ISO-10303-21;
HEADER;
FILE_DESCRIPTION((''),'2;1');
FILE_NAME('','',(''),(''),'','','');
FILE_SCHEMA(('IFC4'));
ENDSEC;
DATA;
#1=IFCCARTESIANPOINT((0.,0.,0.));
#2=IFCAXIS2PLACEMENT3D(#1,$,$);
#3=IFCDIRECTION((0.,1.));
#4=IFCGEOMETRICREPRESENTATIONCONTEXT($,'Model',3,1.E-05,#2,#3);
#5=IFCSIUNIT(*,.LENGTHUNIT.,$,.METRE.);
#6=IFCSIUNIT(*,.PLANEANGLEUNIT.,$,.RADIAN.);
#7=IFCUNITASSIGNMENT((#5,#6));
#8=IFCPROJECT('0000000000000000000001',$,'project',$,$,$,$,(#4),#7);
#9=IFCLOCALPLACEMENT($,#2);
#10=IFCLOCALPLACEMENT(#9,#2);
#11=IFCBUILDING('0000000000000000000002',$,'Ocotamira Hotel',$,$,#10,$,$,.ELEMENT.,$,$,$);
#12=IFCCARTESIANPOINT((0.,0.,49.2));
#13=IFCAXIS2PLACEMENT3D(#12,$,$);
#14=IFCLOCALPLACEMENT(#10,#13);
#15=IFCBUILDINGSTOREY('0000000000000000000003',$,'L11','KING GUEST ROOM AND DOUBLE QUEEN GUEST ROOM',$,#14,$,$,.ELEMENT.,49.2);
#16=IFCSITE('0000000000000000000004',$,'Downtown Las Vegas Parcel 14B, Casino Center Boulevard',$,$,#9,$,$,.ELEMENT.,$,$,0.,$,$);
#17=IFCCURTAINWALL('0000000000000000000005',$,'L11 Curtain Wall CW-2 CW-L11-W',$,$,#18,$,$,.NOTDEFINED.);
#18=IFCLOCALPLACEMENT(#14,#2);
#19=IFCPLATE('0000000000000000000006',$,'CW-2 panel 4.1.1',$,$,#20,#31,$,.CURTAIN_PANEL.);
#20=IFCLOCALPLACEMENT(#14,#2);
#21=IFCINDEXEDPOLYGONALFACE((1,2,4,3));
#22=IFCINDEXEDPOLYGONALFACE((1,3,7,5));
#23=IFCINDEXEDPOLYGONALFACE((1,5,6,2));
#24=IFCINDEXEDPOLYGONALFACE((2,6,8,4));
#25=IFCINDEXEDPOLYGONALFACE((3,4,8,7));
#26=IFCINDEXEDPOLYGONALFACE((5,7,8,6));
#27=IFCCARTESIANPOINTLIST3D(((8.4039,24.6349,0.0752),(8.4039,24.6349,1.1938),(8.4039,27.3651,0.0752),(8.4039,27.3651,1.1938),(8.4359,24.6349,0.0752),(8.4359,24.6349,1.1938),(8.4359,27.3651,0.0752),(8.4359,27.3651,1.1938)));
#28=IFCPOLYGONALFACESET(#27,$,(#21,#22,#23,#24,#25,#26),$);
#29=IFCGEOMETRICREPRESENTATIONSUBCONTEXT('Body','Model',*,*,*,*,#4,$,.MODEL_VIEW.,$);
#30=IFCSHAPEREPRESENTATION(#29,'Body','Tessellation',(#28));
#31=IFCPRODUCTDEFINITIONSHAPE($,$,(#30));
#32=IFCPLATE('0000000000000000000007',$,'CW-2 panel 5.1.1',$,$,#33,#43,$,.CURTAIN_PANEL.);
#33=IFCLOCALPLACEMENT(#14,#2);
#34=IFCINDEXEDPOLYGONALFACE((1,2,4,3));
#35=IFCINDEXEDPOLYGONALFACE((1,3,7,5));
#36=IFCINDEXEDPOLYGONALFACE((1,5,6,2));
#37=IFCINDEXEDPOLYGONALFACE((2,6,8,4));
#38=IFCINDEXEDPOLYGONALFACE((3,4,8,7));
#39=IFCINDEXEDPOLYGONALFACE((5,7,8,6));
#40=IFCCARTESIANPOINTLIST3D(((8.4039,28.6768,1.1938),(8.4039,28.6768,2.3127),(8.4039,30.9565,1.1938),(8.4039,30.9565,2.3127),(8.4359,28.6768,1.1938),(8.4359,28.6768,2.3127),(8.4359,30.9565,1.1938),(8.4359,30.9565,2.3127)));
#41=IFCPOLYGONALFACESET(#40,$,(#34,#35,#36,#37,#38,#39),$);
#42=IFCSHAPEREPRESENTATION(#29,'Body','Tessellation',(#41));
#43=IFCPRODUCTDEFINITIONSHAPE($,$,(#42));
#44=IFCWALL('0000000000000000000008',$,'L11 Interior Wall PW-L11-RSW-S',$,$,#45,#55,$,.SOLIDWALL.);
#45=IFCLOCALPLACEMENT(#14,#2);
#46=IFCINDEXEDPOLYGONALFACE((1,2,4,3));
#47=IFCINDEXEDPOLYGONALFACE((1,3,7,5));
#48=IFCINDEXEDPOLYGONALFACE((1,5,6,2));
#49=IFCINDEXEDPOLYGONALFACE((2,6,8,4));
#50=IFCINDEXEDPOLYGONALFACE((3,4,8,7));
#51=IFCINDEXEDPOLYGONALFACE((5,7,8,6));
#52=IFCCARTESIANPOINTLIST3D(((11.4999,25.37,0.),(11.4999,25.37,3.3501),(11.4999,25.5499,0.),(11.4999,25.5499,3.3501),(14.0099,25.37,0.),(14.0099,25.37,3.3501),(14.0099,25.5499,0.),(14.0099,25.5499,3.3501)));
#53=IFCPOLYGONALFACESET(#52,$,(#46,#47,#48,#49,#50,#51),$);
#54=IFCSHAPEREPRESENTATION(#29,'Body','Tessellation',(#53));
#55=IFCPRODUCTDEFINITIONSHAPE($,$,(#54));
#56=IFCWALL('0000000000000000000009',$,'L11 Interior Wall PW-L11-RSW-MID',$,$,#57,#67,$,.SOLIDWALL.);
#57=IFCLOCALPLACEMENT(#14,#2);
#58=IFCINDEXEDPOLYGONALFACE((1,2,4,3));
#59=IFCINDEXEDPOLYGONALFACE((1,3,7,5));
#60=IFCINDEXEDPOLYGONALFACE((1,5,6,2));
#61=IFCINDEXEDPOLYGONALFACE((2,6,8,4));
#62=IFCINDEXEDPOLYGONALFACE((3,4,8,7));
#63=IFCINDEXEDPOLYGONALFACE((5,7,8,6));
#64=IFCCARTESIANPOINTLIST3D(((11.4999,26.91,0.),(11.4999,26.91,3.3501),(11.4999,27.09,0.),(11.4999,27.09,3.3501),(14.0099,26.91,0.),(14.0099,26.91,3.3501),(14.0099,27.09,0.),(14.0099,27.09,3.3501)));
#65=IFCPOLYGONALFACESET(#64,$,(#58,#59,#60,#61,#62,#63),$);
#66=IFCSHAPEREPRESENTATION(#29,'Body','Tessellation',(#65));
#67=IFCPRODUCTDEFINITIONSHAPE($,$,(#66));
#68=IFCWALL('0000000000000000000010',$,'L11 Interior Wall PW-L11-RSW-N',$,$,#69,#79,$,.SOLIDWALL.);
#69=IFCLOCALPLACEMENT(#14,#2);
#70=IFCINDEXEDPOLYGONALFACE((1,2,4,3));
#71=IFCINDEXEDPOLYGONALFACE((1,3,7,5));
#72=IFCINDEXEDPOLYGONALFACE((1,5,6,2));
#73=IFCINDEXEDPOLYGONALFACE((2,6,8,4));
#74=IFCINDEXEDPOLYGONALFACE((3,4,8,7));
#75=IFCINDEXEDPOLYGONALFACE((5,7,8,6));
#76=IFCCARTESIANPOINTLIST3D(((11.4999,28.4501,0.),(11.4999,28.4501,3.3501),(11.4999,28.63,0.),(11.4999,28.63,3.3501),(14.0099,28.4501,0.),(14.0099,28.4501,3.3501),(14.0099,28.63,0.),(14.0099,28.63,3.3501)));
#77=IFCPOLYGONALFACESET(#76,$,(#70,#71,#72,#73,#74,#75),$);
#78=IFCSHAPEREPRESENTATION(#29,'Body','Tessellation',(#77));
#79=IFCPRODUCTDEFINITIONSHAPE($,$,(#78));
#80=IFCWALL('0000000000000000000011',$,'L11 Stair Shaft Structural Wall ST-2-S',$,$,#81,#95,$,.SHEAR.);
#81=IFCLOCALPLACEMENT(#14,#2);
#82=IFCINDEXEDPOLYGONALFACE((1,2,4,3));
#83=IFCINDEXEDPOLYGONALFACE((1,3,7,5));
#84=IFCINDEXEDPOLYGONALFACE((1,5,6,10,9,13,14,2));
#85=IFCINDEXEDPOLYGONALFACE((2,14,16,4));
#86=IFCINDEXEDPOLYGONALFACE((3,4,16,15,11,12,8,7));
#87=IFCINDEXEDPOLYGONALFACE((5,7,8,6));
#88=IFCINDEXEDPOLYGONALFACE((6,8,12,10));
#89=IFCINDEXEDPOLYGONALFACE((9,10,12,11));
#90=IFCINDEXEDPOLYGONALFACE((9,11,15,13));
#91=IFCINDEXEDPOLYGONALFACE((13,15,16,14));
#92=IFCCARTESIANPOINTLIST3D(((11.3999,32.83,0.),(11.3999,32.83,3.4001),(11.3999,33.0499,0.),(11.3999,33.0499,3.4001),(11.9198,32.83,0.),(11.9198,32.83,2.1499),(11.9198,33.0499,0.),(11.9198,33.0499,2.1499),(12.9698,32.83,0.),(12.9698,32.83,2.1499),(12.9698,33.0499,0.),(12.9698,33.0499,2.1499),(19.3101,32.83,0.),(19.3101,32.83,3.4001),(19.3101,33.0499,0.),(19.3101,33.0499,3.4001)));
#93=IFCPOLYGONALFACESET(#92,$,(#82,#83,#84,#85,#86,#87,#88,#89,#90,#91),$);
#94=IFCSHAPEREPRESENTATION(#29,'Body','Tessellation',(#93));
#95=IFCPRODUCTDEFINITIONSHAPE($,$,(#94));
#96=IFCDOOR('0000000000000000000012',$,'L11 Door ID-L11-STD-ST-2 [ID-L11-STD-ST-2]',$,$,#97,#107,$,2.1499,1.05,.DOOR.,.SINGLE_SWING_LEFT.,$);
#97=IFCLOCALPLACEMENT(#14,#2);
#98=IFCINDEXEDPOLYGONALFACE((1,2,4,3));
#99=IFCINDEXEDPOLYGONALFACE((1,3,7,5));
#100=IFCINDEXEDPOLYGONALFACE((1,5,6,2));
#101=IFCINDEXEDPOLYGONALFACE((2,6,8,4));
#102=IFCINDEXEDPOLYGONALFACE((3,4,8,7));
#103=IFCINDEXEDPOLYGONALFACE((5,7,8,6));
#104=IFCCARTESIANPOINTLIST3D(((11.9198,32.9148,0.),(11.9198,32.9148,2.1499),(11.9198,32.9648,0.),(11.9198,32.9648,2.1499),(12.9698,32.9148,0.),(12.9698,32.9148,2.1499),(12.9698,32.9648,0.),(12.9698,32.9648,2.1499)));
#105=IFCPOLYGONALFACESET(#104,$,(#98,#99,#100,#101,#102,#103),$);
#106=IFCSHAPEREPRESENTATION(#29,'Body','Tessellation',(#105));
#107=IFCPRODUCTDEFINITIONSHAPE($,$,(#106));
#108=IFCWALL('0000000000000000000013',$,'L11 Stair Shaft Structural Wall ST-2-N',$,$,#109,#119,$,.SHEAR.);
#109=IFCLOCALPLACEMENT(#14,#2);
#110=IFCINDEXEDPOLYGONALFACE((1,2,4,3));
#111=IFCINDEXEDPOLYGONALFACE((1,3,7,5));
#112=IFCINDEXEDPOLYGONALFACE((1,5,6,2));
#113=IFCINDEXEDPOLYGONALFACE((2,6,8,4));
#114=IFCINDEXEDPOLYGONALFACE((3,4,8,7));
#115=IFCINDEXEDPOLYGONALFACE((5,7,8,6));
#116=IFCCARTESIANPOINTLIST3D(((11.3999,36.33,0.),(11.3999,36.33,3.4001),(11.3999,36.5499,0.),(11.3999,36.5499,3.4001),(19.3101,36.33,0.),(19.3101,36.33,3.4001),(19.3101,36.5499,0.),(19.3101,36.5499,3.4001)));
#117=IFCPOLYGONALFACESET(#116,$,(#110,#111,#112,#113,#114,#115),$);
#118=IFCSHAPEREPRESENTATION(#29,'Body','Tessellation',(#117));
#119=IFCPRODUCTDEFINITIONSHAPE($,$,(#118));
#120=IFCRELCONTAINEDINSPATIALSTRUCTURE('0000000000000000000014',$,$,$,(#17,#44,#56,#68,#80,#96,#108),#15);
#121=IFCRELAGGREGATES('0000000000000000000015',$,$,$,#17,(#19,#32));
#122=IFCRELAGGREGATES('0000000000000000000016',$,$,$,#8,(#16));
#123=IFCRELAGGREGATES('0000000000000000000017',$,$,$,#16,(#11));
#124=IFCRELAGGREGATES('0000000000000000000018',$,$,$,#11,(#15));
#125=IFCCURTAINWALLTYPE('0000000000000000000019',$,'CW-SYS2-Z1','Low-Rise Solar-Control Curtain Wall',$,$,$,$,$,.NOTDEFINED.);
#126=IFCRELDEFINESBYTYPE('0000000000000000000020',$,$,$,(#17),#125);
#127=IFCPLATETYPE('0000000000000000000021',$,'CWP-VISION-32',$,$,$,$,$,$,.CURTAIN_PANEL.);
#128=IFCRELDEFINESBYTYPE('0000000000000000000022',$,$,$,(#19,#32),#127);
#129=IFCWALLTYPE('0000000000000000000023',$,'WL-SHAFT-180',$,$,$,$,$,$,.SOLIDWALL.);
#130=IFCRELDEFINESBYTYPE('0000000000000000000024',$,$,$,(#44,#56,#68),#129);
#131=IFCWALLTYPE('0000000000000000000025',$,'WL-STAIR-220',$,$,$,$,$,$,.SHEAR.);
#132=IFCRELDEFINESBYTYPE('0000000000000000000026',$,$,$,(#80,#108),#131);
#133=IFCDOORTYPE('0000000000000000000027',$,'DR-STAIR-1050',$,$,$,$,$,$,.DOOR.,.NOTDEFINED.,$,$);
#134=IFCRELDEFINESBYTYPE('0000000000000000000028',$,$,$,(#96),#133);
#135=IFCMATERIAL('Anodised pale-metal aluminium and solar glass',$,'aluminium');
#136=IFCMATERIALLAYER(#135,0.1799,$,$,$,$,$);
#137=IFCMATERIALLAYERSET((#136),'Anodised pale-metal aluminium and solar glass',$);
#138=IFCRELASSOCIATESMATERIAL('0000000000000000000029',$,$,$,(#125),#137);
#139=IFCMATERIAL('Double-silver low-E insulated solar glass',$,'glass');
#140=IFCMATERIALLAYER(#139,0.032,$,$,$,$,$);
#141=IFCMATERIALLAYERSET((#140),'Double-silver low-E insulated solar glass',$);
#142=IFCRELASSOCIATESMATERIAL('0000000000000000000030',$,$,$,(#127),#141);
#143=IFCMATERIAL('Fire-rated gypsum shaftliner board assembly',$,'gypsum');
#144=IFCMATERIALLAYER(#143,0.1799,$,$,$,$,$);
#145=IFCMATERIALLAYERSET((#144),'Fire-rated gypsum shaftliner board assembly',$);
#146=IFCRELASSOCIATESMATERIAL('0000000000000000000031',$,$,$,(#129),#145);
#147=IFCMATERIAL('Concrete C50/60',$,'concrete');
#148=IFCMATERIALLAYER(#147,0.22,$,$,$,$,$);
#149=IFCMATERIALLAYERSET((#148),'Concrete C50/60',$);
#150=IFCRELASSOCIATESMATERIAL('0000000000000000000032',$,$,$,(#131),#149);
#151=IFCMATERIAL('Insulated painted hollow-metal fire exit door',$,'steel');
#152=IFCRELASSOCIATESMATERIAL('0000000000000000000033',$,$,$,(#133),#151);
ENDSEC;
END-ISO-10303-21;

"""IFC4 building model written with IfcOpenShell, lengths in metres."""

from ifc_helpers import new_model, si_unit, direction, frame, frame_2d, origin, origin_2d, place, context, subcontext, project, spatial, rectangle, extrude, source, transform, mapped, material, layer, layer_set, type_object, element, fill, aggregate, save


model = new_model("IFC4")

# Units and contexts
model_context = context("Model", 3, precision=1e-05, world=origin(), true_north=direction((0.0, 1.0)))
body_context = subcontext(model_context, "Body", "Model", "MODEL_VIEW")
ifc_project = project(units=[si_unit("LENGTHUNIT", "METRE"), si_unit("PLANEANGLEUNIT", "RADIAN")], contexts=[model_context])

# Site, building, storey
site_placement = place(None, origin())
site = spatial("IfcSite", under=ifc_project, at=site_placement, Name="Downtown Las Vegas Parcel 14B, Casino Center Boulevard", CompositionType="ELEMENT", RefElevation=0.0)
building_placement = place(site_placement, origin())
building = spatial("IfcBuilding", under=site, at=building_placement, Name="Ocotamira Hotel", CompositionType="ELEMENT")
storey_placement = place(building_placement, frame((0.0, 0.0, 49.2)))
storey = spatial("IfcBuildingStorey", under=building, at=storey_placement, Name="L11", Description="KING GUEST ROOM AND DOUBLE QUEEN GUEST ROOM", CompositionType="ELEMENT", Elevation=49.2)

# Curtain wall
ifc_material_1 = material(Name="Anodised pale-metal aluminium and solar glass", Category="aluminium")
ifc_layer_1 = layer(ifc_material_1, 0.1799)
ifc_layer_set_1 = layer_set([ifc_layer_1], Name="Anodised pale-metal aluminium and solar glass")
curtain_wall_type = type_object("IfcCurtainWallType", Name="CW-SYS2-Z1", Description="Low-Rise Solar-Control Curtain Wall", PredefinedType="NOTDEFINED", material=ifc_layer_set_1)
curtain_wall_placement = place(storey_placement, origin())
curtain_wall = element("IfcCurtainWall", 1, at=curtain_wall_placement, inside=storey, type_object=curtain_wall_type, Name="L11 Curtain Wall CW-2 CW-L11-W", PredefinedType="NOTDEFINED")

# Plates
ifc_material_2 = material(Name="Double-silver low-E insulated solar glass", Category="glass")
ifc_layer_2 = layer(ifc_material_2, 0.032)
ifc_layer_set_2 = layer_set([ifc_layer_2], Name="Double-silver low-E insulated solar glass")
plate_type_1 = type_object("IfcPlateType", Name="CWP-VISION-32", PredefinedType="CURTAIN_PANEL", material=ifc_layer_set_2)
shared_shape_1 = source(origin(), body_context, "Body", "SweptSolid", [
    extrude(rectangle(XDim=2.7302, YDim=0.032, at=origin_2d()), origin(), (0.0, 0.0, 1.0), 1.1187),
])
plate_1_placement = place(storey_placement, frame((8.4199, 26.0, 0.0752), z_axis=(0.0, 0.0, 1.0), x_axis=(0.0, 1.0, 0.0)))
plate_1 = element("IfcPlate", 2, at=plate_1_placement, type_object=plate_type_1, Name="CW-2 panel 4.1.1", PredefinedType="CURTAIN_PANEL", context=body_context, shape_type="MappedRepresentation", body=[
    mapped(shared_shape_1, transform((0.0, 0.0, 0.0), scale=1.0)),
])
shared_shape_2 = source(origin(), body_context, "Body", "SweptSolid", [
    extrude(rectangle(XDim=2.2798, YDim=0.032, at=origin_2d()), origin(), (0.0, 0.0, 1.0), 1.1189),
])
plate_2_placement = place(storey_placement, frame((8.4199, 29.8167, 1.1938), z_axis=(0.0, 0.0, 1.0), x_axis=(0.0, 1.0, 0.0)))
plate_2 = element("IfcPlate", 3, at=plate_2_placement, type_object=plate_type_1, Name="CW-2 panel 5.1.1", PredefinedType="CURTAIN_PANEL", context=body_context, shape_type="MappedRepresentation", body=[
    mapped(shared_shape_2, transform((0.0, 0.0, 0.0), scale=1.0)),
])
aggregate(curtain_wall, [plate_1, plate_2])

# Walls
ifc_material_3 = material(Name="Fire-rated gypsum shaftliner board assembly", Category="gypsum")
ifc_layer_3 = layer(ifc_material_3, 0.1799)
ifc_layer_set_3 = layer_set([ifc_layer_3], Name="Fire-rated gypsum shaftliner board assembly")
wall_type_1 = type_object("IfcWallType", Name="WL-SHAFT-180", PredefinedType="SOLIDWALL", material=ifc_layer_set_3)
for number, where, z_axis, x_axis, name in (
    (4, (11.5, 25.46, 0.0), (0.0, 0.0, 1.0), (1.0, 0.0, 0.0), "L11 Interior Wall PW-L11-RSW-S"),
    (5, (11.5, 27.0, 0.0), (0.0, 0.0, 1.0), (1.0, 0.0, 0.0), "L11 Interior Wall PW-L11-RSW-MID"),
    (6, (11.5, 28.54, 0.0), (0.0, 0.0, 1.0), (1.0, 0.0, 0.0), "L11 Interior Wall PW-L11-RSW-N"),
):
    element("IfcWall", number, at=place(storey_placement, frame(where, z_axis=z_axis, x_axis=x_axis)), inside=storey, type_object=wall_type_1, Name=name, PredefinedType="SOLIDWALL", context=body_context, shape_type="SweptSolid", body=[
        extrude(rectangle(XDim=2.51, YDim=0.1799, at=frame_2d((1.2549, 0.0))), origin(), (0.0, 0.0, 1.0), 3.3501),
    ])

# Wall, opening, door
ifc_material_4 = material(Name="Concrete C50/60", Category="concrete")
ifc_layer_4 = layer(ifc_material_4, 0.22)
ifc_layer_set_4 = layer_set([ifc_layer_4], Name="Concrete C50/60")
wall_type_2 = type_object("IfcWallType", Name="WL-STAIR-220", PredefinedType="SHEAR", material=ifc_layer_set_4)
wall_1_placement = place(storey_placement, frame((11.3999, 32.9399, 0.0), z_axis=(0.0, 0.0, 1.0), x_axis=(1.0, 0.0, 0.0)))
wall_1 = element("IfcWall", 7, at=wall_1_placement, inside=storey, type_object=wall_type_2, Name="L11 Stair Shaft Structural Wall ST-2-S", PredefinedType="SHEAR", context=body_context, shape_type="SweptSolid", body=[
    extrude(rectangle(XDim=7.9102, YDim=0.22, at=frame_2d((3.9551, 0.0))), origin(), (0.0, 0.0, 1.0), 3.4001),
])
opening_1_placement = place(wall_1_placement, frame((0.52, 0.0, 0.0)))
opening_1 = element("IfcOpeningElement", 8, at=opening_1_placement, cuts=wall_1, PredefinedType="OPENING", context=body_context, shape_type="SweptSolid", body=[
    extrude(rectangle(XDim=1.05, YDim=2.1499, at=frame_2d((0.5249, 1.075))), frame((0.0, 0.1201, 0.0), z_axis=(0.0, -1.0, 0.0), x_axis=(1.0, 0.0, 0.0)), (0.0, 0.0, 1.0), 0.24),
])
ifc_material_5 = material(Name="Insulated painted hollow-metal fire exit door", Category="steel")
door_type_1 = type_object("IfcDoorType", Name="DR-STAIR-1050", OperationType="NOTDEFINED", PredefinedType="DOOR", material=ifc_material_5)
shared_shape_3 = source(origin(), body_context, "Body", "SweptSolid", [
    extrude(rectangle(XDim=1.05, YDim=2.1499, at=frame_2d((0.5249, 1.075))), frame((0.0, 0.0249, 0.0), z_axis=(0.0, -1.0, 0.0), x_axis=(1.0, 0.0, 0.0)), (0.0, 0.0, 1.0), 0.05),
])
door_1_placement = place(opening_1_placement, origin())
door_1 = element("IfcDoor", 9, at=door_1_placement, inside=storey, type_object=door_type_1, Name="L11 Door ID-L11-STD-ST-2 [ID-L11-STD-ST-2]", OperationType="SINGLE_SWING_LEFT", OverallHeight=2.1499, OverallWidth=1.05, PredefinedType="DOOR", context=body_context, shape_type="MappedRepresentation", body=[
    mapped(shared_shape_3, transform((0.0, 0.0, 0.0), scale=1.0)),
])
fill(opening_1, door_1)

# Wall
wall_2_placement = place(storey_placement, frame((11.3999, 36.4399, 0.0), z_axis=(0.0, 0.0, 1.0), x_axis=(1.0, 0.0, 0.0)))
element("IfcWall", 10, at=wall_2_placement, inside=storey, type_object=wall_type_2, Name="L11 Stair Shaft Structural Wall ST-2-N", PredefinedType="SHEAR", context=body_context, shape_type="SweptSolid", body=[
    extrude(rectangle(XDim=7.9102, YDim=0.22, at=frame_2d((3.9551, 0.0))), origin(), (0.0, 0.0, 1.0), 3.4001),
])

save(model, "model.ifc")
